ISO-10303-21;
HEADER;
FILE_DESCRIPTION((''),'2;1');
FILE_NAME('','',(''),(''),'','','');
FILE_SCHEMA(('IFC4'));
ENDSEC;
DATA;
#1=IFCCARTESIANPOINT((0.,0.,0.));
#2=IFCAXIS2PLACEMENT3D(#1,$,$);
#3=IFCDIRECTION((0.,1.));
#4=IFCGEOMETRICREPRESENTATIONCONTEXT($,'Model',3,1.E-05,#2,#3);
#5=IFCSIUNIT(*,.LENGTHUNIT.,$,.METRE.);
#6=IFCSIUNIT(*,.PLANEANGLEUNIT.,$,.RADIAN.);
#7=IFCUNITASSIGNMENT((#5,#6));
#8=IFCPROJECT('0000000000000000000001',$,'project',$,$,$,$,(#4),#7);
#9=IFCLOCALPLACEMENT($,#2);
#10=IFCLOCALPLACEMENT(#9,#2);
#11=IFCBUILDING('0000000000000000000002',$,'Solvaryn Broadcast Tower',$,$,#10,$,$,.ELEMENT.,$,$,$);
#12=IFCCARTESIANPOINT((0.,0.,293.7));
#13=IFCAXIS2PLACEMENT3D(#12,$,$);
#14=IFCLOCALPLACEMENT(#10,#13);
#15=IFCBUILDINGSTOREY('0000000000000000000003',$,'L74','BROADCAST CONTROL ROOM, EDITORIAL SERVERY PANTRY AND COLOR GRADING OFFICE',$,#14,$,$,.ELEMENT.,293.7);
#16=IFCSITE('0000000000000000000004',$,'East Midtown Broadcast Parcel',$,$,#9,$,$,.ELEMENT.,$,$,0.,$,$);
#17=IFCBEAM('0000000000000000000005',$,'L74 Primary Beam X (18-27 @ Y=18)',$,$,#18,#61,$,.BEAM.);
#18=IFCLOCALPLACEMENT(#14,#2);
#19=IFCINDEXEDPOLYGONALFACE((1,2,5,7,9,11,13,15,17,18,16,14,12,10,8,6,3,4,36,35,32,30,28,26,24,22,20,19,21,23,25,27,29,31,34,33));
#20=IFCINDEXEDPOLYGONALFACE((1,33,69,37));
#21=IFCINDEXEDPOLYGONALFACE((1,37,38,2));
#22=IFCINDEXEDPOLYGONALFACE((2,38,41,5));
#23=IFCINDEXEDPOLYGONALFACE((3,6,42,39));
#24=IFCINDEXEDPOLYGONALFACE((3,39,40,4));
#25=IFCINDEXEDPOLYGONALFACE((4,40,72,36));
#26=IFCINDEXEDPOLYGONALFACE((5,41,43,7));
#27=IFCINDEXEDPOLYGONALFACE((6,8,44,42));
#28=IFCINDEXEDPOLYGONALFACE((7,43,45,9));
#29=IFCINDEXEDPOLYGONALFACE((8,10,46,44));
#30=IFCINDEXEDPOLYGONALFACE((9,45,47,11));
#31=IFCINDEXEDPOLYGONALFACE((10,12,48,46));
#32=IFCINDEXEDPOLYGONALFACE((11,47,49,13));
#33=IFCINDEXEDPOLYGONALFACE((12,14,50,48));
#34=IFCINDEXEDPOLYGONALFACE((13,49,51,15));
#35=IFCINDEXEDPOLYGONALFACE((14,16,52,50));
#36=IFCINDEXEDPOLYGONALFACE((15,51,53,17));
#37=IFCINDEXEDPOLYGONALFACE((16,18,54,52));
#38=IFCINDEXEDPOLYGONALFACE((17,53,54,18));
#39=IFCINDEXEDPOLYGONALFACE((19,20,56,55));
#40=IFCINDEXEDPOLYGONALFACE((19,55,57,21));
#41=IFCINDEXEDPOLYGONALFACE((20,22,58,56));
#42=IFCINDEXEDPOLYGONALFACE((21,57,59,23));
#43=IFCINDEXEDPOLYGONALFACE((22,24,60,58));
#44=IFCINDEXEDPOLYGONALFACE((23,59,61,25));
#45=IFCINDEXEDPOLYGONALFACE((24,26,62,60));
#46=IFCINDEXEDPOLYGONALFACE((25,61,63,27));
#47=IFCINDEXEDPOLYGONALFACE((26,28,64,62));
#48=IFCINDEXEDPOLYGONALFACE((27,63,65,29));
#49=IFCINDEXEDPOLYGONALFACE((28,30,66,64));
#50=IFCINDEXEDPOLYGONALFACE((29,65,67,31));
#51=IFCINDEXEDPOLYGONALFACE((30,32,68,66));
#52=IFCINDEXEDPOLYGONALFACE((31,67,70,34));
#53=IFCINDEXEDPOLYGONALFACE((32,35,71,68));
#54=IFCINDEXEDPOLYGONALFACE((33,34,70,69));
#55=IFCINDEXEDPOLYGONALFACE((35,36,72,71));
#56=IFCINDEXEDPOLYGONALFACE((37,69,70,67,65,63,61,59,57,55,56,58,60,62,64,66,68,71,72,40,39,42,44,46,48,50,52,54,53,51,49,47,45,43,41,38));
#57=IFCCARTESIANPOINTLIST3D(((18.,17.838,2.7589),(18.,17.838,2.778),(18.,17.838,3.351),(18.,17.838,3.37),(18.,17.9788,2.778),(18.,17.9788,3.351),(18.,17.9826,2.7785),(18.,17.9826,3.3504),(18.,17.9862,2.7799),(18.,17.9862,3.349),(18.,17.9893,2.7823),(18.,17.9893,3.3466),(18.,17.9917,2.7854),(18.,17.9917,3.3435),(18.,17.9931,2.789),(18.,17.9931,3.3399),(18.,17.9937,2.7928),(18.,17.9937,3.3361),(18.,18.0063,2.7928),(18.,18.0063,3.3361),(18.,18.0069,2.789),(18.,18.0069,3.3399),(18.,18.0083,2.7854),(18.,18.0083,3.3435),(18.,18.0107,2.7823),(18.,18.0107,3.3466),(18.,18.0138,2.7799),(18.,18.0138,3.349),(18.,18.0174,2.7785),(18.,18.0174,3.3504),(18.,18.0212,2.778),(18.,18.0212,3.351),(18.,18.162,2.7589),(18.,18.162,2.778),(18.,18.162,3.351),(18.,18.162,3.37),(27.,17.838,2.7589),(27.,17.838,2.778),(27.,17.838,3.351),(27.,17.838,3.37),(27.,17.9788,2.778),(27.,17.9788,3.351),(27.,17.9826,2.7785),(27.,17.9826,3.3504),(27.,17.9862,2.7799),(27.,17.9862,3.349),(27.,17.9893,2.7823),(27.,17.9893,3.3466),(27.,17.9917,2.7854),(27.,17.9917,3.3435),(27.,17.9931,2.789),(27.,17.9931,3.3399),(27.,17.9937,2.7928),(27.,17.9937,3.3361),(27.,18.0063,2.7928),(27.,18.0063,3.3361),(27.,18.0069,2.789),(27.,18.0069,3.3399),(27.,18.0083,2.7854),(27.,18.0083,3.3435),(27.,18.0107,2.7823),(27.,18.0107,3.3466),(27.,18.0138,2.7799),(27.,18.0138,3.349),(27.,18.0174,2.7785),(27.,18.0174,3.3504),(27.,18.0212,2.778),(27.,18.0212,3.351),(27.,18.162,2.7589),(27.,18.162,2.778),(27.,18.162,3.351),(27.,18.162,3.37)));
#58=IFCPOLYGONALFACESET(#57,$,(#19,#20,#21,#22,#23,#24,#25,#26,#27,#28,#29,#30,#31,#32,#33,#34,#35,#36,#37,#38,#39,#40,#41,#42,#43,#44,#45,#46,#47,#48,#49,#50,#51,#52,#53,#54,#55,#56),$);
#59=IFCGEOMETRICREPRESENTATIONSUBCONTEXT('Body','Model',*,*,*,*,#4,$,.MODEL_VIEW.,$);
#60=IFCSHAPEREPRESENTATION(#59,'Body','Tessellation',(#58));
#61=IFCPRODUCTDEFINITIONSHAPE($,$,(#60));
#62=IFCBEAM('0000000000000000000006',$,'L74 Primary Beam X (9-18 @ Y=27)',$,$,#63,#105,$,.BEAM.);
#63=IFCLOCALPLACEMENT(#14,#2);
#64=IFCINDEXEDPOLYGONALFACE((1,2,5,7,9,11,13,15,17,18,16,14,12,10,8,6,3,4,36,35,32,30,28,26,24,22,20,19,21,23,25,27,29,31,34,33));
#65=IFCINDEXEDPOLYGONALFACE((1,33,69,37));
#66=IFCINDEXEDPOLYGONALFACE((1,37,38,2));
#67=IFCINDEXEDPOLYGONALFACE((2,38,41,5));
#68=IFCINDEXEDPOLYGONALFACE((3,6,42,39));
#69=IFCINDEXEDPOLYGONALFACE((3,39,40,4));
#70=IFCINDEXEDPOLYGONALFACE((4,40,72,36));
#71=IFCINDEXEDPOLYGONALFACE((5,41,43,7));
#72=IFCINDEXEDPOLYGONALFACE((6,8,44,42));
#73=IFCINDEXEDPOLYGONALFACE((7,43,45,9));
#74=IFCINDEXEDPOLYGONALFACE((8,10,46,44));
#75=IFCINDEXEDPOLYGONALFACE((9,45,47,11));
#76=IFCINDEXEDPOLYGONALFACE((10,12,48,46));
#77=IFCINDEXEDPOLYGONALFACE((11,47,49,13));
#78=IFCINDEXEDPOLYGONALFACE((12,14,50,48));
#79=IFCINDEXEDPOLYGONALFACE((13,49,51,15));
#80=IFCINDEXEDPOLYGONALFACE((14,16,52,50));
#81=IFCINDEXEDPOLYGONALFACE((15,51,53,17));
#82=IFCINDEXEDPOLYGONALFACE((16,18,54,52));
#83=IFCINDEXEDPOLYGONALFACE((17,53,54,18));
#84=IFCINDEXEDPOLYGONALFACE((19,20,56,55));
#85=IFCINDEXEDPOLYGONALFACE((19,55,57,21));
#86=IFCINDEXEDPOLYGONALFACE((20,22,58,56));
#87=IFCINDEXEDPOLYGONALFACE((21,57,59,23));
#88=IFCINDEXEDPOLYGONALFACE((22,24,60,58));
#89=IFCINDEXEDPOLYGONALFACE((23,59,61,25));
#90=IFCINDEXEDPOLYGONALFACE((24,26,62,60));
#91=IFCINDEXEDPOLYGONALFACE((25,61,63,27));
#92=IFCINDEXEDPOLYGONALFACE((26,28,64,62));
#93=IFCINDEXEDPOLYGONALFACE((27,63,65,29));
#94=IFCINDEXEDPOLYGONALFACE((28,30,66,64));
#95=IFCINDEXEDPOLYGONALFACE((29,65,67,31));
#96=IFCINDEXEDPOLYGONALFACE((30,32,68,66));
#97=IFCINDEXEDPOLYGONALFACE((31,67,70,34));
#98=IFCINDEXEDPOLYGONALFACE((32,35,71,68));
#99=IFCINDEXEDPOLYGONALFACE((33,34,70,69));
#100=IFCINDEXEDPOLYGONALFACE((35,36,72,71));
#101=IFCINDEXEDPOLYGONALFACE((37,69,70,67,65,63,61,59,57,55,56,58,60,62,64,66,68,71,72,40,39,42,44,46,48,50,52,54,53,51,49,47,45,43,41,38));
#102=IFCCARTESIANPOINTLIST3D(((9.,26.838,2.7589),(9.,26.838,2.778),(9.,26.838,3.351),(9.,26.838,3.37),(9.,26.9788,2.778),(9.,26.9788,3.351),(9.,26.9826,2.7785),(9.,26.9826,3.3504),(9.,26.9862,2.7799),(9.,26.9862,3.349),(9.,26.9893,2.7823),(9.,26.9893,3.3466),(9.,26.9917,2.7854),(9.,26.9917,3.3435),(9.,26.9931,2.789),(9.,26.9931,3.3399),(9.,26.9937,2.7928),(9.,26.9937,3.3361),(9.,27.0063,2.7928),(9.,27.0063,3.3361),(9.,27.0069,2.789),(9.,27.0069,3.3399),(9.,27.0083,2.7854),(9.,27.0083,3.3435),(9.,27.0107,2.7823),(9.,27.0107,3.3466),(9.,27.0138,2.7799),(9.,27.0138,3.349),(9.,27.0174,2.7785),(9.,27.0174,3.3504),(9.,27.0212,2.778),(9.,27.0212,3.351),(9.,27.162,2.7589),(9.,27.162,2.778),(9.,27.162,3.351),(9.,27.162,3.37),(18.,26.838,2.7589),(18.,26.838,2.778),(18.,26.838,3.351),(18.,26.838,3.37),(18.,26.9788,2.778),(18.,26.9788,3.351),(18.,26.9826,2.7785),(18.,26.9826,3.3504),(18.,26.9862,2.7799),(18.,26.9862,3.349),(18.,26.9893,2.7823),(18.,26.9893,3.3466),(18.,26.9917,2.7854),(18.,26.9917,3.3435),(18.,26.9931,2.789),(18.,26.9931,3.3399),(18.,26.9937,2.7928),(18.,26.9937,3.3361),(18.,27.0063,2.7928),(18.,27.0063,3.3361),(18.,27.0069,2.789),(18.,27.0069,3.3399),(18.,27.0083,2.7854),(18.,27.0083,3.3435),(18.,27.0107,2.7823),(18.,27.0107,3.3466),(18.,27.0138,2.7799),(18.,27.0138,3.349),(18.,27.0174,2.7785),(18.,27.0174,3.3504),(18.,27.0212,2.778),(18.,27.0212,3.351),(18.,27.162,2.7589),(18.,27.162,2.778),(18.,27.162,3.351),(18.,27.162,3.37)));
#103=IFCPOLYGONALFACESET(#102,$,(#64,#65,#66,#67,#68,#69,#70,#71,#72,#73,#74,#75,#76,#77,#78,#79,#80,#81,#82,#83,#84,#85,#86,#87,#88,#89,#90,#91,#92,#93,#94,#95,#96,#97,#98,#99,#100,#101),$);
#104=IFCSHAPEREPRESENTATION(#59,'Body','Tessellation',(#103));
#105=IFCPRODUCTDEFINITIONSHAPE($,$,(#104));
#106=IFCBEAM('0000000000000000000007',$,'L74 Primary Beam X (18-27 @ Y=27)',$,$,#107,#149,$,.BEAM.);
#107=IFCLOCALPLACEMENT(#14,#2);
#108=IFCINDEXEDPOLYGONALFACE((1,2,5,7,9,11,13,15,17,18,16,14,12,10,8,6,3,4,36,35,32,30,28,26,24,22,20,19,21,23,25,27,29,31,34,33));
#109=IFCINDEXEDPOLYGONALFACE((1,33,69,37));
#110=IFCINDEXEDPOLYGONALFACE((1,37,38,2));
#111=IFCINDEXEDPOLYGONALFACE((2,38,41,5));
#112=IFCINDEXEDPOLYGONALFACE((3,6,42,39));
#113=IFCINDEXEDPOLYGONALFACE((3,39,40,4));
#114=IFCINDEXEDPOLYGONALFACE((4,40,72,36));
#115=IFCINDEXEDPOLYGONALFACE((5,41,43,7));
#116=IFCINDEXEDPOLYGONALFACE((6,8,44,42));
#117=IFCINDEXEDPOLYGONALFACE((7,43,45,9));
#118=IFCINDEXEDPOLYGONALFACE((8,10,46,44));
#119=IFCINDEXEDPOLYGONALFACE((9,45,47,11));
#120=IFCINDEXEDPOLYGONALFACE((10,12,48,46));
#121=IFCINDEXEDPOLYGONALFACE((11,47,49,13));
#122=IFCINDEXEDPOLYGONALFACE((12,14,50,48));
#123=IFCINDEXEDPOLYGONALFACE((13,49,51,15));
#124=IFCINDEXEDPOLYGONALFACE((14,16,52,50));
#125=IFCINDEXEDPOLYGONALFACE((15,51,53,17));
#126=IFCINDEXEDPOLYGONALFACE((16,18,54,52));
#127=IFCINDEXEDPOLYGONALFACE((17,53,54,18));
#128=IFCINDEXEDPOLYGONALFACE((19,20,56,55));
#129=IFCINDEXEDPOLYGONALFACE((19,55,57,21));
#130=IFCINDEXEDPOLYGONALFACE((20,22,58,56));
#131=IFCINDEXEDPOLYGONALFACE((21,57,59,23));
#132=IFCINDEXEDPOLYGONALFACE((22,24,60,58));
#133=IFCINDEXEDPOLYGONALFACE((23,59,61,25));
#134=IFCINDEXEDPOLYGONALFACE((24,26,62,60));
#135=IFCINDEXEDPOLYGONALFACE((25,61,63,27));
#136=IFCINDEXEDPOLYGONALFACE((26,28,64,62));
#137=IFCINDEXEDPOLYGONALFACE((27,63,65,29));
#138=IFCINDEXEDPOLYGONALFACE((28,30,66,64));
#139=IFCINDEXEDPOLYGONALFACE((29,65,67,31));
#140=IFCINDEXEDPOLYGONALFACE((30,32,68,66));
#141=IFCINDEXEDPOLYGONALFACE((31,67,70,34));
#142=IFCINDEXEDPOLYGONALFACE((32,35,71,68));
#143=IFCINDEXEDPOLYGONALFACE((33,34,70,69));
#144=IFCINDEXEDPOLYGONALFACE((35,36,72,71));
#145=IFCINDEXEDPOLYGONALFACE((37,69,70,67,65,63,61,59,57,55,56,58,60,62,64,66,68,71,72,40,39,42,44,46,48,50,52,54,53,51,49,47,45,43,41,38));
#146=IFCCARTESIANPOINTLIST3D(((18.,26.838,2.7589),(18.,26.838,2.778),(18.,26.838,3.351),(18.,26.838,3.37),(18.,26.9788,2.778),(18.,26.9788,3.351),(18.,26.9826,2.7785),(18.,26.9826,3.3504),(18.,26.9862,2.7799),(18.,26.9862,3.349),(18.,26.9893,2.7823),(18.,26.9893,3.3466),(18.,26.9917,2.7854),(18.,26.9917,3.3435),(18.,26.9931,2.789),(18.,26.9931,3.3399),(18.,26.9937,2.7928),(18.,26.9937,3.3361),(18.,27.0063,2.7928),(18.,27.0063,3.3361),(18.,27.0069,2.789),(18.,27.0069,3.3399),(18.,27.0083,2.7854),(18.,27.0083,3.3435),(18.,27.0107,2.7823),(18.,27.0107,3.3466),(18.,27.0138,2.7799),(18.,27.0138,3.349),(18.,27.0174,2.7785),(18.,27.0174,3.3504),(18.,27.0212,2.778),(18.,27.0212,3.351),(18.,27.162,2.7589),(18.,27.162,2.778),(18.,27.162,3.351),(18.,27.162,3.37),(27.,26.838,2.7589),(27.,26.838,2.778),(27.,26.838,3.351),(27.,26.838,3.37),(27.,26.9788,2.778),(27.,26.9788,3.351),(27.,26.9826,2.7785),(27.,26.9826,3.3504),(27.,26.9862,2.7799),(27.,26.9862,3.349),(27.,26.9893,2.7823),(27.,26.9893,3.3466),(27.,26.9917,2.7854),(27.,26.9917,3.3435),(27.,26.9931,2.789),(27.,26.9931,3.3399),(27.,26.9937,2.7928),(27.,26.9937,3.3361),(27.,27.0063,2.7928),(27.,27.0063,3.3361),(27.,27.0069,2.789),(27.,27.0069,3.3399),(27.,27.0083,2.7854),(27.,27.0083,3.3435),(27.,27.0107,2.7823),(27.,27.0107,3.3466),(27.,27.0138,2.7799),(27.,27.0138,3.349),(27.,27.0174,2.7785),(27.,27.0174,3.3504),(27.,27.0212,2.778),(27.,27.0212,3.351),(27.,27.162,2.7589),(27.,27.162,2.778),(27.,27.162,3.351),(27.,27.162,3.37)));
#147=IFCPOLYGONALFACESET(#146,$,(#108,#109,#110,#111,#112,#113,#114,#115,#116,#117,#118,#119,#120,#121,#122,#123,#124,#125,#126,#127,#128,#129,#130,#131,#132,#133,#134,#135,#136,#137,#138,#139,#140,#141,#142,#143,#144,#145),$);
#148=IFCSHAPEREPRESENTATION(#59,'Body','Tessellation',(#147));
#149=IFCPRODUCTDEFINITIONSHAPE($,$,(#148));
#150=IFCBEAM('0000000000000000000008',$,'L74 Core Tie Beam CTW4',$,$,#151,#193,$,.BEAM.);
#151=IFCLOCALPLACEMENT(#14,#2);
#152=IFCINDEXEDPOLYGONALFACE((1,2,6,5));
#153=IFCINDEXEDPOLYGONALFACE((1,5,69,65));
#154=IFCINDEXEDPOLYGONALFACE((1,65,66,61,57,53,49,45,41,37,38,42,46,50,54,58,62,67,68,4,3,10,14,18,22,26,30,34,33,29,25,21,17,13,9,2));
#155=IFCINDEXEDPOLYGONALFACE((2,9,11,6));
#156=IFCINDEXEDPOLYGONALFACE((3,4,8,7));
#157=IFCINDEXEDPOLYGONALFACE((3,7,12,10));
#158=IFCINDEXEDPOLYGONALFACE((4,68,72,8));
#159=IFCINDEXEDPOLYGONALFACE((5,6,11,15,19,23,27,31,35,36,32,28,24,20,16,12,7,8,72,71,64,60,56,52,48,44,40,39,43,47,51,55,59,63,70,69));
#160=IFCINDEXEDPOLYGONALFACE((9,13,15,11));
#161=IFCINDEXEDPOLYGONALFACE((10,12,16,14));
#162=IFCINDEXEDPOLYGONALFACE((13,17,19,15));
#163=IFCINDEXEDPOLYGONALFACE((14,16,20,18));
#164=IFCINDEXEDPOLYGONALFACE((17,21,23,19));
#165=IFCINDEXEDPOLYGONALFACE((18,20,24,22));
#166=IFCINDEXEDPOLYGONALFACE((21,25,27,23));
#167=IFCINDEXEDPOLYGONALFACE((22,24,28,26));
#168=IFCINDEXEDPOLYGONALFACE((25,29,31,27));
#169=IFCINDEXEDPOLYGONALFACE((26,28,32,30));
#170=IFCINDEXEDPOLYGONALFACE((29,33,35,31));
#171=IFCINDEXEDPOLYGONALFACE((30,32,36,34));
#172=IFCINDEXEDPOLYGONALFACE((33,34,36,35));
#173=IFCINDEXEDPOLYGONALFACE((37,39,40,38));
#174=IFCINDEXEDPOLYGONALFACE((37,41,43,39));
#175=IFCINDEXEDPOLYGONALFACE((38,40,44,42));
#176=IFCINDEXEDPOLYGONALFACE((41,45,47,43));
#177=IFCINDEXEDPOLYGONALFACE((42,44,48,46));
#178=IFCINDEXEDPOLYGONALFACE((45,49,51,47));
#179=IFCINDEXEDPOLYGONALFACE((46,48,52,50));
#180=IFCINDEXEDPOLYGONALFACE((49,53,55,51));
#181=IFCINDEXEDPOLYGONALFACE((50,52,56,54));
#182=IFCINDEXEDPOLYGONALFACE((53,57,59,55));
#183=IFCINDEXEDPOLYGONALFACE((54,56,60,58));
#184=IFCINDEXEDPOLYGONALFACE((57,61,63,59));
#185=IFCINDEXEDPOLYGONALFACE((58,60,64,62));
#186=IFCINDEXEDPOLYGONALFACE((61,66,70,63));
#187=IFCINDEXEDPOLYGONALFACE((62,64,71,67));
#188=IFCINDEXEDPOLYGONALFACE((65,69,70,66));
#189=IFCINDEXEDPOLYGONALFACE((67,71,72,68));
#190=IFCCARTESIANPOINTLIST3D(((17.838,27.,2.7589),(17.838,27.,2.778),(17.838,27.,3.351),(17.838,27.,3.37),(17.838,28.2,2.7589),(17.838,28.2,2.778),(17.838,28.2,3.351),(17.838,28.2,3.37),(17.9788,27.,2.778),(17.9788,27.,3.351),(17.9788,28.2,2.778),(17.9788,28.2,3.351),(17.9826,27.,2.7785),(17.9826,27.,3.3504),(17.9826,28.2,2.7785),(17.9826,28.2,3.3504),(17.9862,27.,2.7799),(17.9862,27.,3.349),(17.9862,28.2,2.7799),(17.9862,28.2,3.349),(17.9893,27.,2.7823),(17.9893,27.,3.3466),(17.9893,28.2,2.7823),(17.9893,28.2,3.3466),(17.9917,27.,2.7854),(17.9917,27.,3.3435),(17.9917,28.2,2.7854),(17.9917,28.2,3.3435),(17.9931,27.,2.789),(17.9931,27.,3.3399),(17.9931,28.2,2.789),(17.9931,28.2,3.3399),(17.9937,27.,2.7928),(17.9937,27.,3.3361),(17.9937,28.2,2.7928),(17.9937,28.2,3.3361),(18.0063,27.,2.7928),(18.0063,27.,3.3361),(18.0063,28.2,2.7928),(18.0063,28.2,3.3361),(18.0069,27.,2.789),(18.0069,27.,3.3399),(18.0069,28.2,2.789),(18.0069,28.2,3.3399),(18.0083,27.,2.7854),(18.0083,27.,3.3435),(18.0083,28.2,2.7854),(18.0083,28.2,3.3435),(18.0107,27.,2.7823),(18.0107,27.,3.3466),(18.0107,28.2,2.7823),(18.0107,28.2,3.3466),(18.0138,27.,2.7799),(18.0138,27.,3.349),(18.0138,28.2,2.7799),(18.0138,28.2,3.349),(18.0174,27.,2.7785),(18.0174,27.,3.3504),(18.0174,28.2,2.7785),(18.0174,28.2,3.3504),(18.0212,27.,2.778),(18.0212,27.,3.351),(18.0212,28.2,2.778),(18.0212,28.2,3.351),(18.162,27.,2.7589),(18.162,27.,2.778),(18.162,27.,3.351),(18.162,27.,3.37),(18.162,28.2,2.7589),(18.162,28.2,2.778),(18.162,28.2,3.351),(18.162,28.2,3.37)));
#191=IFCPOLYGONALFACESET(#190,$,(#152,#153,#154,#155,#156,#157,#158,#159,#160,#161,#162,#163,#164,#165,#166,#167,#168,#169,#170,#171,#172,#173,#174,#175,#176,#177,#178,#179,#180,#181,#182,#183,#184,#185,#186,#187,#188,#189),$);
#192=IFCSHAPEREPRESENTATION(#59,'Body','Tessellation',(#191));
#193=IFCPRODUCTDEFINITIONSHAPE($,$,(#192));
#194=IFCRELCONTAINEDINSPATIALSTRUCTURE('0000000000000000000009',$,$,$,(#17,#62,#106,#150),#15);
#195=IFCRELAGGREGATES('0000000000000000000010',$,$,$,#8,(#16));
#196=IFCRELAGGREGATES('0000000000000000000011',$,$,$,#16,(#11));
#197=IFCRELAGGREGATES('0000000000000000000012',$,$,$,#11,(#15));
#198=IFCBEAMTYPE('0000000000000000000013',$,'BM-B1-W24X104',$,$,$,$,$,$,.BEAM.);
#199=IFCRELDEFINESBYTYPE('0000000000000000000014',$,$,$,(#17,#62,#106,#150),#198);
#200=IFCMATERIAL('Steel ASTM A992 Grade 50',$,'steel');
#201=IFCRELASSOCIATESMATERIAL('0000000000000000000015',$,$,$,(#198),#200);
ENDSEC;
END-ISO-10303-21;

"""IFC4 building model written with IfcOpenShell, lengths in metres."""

from ifc_helpers import new_model, si_unit, direction, frame, origin, origin_2d, place, context, subcontext, project, spatial, i_section, extrude, material, material_profile, profile_set, type_object, element, save


model = new_model("IFC4")

# Units and contexts
model_context = context("Model", 3, precision=1e-05, world=origin(), true_north=direction((0.0, 1.0)))
body_context = subcontext(model_context, "Body", "Model", "MODEL_VIEW")
ifc_project = project(units=[si_unit("LENGTHUNIT", "METRE"), si_unit("PLANEANGLEUNIT", "RADIAN")], contexts=[model_context])

# Site, building, storey
site_placement = place(None, origin())
site = spatial("IfcSite", under=ifc_project, at=site_placement, Name="East Midtown Broadcast Parcel", CompositionType="ELEMENT", RefElevation=0.0)
building_placement = place(site_placement, origin())
building = spatial("IfcBuilding", under=site, at=building_placement, Name="Solvaryn Broadcast Tower", CompositionType="ELEMENT")
storey_placement = place(building_placement, frame((0.0, 0.0, 293.7)))
storey = spatial("IfcBuildingStorey", under=building, at=storey_placement, Name="L74", Description="BROADCAST CONTROL ROOM, EDITORIAL SERVERY PANTRY AND COLOR GRADING OFFICE", CompositionType="ELEMENT", Elevation=293.7)

# Beams
ifc_material_1 = material(Name="Steel ASTM A992 Grade 50", Category="steel")
ifc_material_profile_1 = material_profile(ifc_material_1, i_section(OverallWidth=0.324, OverallDepth=0.6111, WebThickness=0.0127, FlangeThickness=0.019, FilletRadius=0.0149, at=origin_2d()))
ifc_profile_set_1 = profile_set([ifc_material_profile_1], Name="Steel ASTM A992 Grade 50")
beam_type_1 = type_object("IfcBeamType", Name="BM-B1-W24X104", PredefinedType="BEAM", material=ifc_profile_set_1)
for number, where, z_axis, x_axis, name in (
    (1, (18.0, 18.0, 3.0645), (1.0, 0.0, 0.0), (0.0, 1.0, 0.0), "L74 Primary Beam X (18-27 @ Y=18)"),
    (2, (9.0, 27.0, 3.0645), (1.0, 0.0, 0.0), (0.0, 1.0, 0.0), "L74 Primary Beam X (9-18 @ Y=27)"),
    (3, (18.0, 27.0, 3.0645), (1.0, 0.0, 0.0), (0.0, 1.0, 0.0), "L74 Primary Beam X (18-27 @ Y=27)"),
):
    element("IfcBeam", number, at=place(storey_placement, frame(where, z_axis=z_axis, x_axis=x_axis)), inside=storey, type_object=beam_type_1, Name=name, PredefinedType="BEAM", context=body_context, shape_type="SweptSolid", body=[
        extrude(i_section(OverallWidth=0.324, OverallDepth=0.6111, WebThickness=0.0127, FlangeThickness=0.019, FilletRadius=0.0149, at=origin_2d()), origin(), (0.0, 0.0, 1.0), 9.0),
    ])
beam_1_placement = place(storey_placement, frame((18.0, 27.0, 3.0645), z_axis=(0.0, 1.0, 0.0), x_axis=(-1.0, 0.0, 0.0)))
element("IfcBeam", 4, at=beam_1_placement, inside=storey, type_object=beam_type_1, Name="L74 Core Tie Beam CTW4", PredefinedType="BEAM", context=body_context, shape_type="SweptSolid", body=[
    extrude(i_section(OverallWidth=0.324, OverallDepth=0.6111, WebThickness=0.0127, FlangeThickness=0.019, FilletRadius=0.0149, at=origin_2d()), origin(), (0.0, 0.0, 1.0), 1.2),
])

save(model, "model.ifc")
